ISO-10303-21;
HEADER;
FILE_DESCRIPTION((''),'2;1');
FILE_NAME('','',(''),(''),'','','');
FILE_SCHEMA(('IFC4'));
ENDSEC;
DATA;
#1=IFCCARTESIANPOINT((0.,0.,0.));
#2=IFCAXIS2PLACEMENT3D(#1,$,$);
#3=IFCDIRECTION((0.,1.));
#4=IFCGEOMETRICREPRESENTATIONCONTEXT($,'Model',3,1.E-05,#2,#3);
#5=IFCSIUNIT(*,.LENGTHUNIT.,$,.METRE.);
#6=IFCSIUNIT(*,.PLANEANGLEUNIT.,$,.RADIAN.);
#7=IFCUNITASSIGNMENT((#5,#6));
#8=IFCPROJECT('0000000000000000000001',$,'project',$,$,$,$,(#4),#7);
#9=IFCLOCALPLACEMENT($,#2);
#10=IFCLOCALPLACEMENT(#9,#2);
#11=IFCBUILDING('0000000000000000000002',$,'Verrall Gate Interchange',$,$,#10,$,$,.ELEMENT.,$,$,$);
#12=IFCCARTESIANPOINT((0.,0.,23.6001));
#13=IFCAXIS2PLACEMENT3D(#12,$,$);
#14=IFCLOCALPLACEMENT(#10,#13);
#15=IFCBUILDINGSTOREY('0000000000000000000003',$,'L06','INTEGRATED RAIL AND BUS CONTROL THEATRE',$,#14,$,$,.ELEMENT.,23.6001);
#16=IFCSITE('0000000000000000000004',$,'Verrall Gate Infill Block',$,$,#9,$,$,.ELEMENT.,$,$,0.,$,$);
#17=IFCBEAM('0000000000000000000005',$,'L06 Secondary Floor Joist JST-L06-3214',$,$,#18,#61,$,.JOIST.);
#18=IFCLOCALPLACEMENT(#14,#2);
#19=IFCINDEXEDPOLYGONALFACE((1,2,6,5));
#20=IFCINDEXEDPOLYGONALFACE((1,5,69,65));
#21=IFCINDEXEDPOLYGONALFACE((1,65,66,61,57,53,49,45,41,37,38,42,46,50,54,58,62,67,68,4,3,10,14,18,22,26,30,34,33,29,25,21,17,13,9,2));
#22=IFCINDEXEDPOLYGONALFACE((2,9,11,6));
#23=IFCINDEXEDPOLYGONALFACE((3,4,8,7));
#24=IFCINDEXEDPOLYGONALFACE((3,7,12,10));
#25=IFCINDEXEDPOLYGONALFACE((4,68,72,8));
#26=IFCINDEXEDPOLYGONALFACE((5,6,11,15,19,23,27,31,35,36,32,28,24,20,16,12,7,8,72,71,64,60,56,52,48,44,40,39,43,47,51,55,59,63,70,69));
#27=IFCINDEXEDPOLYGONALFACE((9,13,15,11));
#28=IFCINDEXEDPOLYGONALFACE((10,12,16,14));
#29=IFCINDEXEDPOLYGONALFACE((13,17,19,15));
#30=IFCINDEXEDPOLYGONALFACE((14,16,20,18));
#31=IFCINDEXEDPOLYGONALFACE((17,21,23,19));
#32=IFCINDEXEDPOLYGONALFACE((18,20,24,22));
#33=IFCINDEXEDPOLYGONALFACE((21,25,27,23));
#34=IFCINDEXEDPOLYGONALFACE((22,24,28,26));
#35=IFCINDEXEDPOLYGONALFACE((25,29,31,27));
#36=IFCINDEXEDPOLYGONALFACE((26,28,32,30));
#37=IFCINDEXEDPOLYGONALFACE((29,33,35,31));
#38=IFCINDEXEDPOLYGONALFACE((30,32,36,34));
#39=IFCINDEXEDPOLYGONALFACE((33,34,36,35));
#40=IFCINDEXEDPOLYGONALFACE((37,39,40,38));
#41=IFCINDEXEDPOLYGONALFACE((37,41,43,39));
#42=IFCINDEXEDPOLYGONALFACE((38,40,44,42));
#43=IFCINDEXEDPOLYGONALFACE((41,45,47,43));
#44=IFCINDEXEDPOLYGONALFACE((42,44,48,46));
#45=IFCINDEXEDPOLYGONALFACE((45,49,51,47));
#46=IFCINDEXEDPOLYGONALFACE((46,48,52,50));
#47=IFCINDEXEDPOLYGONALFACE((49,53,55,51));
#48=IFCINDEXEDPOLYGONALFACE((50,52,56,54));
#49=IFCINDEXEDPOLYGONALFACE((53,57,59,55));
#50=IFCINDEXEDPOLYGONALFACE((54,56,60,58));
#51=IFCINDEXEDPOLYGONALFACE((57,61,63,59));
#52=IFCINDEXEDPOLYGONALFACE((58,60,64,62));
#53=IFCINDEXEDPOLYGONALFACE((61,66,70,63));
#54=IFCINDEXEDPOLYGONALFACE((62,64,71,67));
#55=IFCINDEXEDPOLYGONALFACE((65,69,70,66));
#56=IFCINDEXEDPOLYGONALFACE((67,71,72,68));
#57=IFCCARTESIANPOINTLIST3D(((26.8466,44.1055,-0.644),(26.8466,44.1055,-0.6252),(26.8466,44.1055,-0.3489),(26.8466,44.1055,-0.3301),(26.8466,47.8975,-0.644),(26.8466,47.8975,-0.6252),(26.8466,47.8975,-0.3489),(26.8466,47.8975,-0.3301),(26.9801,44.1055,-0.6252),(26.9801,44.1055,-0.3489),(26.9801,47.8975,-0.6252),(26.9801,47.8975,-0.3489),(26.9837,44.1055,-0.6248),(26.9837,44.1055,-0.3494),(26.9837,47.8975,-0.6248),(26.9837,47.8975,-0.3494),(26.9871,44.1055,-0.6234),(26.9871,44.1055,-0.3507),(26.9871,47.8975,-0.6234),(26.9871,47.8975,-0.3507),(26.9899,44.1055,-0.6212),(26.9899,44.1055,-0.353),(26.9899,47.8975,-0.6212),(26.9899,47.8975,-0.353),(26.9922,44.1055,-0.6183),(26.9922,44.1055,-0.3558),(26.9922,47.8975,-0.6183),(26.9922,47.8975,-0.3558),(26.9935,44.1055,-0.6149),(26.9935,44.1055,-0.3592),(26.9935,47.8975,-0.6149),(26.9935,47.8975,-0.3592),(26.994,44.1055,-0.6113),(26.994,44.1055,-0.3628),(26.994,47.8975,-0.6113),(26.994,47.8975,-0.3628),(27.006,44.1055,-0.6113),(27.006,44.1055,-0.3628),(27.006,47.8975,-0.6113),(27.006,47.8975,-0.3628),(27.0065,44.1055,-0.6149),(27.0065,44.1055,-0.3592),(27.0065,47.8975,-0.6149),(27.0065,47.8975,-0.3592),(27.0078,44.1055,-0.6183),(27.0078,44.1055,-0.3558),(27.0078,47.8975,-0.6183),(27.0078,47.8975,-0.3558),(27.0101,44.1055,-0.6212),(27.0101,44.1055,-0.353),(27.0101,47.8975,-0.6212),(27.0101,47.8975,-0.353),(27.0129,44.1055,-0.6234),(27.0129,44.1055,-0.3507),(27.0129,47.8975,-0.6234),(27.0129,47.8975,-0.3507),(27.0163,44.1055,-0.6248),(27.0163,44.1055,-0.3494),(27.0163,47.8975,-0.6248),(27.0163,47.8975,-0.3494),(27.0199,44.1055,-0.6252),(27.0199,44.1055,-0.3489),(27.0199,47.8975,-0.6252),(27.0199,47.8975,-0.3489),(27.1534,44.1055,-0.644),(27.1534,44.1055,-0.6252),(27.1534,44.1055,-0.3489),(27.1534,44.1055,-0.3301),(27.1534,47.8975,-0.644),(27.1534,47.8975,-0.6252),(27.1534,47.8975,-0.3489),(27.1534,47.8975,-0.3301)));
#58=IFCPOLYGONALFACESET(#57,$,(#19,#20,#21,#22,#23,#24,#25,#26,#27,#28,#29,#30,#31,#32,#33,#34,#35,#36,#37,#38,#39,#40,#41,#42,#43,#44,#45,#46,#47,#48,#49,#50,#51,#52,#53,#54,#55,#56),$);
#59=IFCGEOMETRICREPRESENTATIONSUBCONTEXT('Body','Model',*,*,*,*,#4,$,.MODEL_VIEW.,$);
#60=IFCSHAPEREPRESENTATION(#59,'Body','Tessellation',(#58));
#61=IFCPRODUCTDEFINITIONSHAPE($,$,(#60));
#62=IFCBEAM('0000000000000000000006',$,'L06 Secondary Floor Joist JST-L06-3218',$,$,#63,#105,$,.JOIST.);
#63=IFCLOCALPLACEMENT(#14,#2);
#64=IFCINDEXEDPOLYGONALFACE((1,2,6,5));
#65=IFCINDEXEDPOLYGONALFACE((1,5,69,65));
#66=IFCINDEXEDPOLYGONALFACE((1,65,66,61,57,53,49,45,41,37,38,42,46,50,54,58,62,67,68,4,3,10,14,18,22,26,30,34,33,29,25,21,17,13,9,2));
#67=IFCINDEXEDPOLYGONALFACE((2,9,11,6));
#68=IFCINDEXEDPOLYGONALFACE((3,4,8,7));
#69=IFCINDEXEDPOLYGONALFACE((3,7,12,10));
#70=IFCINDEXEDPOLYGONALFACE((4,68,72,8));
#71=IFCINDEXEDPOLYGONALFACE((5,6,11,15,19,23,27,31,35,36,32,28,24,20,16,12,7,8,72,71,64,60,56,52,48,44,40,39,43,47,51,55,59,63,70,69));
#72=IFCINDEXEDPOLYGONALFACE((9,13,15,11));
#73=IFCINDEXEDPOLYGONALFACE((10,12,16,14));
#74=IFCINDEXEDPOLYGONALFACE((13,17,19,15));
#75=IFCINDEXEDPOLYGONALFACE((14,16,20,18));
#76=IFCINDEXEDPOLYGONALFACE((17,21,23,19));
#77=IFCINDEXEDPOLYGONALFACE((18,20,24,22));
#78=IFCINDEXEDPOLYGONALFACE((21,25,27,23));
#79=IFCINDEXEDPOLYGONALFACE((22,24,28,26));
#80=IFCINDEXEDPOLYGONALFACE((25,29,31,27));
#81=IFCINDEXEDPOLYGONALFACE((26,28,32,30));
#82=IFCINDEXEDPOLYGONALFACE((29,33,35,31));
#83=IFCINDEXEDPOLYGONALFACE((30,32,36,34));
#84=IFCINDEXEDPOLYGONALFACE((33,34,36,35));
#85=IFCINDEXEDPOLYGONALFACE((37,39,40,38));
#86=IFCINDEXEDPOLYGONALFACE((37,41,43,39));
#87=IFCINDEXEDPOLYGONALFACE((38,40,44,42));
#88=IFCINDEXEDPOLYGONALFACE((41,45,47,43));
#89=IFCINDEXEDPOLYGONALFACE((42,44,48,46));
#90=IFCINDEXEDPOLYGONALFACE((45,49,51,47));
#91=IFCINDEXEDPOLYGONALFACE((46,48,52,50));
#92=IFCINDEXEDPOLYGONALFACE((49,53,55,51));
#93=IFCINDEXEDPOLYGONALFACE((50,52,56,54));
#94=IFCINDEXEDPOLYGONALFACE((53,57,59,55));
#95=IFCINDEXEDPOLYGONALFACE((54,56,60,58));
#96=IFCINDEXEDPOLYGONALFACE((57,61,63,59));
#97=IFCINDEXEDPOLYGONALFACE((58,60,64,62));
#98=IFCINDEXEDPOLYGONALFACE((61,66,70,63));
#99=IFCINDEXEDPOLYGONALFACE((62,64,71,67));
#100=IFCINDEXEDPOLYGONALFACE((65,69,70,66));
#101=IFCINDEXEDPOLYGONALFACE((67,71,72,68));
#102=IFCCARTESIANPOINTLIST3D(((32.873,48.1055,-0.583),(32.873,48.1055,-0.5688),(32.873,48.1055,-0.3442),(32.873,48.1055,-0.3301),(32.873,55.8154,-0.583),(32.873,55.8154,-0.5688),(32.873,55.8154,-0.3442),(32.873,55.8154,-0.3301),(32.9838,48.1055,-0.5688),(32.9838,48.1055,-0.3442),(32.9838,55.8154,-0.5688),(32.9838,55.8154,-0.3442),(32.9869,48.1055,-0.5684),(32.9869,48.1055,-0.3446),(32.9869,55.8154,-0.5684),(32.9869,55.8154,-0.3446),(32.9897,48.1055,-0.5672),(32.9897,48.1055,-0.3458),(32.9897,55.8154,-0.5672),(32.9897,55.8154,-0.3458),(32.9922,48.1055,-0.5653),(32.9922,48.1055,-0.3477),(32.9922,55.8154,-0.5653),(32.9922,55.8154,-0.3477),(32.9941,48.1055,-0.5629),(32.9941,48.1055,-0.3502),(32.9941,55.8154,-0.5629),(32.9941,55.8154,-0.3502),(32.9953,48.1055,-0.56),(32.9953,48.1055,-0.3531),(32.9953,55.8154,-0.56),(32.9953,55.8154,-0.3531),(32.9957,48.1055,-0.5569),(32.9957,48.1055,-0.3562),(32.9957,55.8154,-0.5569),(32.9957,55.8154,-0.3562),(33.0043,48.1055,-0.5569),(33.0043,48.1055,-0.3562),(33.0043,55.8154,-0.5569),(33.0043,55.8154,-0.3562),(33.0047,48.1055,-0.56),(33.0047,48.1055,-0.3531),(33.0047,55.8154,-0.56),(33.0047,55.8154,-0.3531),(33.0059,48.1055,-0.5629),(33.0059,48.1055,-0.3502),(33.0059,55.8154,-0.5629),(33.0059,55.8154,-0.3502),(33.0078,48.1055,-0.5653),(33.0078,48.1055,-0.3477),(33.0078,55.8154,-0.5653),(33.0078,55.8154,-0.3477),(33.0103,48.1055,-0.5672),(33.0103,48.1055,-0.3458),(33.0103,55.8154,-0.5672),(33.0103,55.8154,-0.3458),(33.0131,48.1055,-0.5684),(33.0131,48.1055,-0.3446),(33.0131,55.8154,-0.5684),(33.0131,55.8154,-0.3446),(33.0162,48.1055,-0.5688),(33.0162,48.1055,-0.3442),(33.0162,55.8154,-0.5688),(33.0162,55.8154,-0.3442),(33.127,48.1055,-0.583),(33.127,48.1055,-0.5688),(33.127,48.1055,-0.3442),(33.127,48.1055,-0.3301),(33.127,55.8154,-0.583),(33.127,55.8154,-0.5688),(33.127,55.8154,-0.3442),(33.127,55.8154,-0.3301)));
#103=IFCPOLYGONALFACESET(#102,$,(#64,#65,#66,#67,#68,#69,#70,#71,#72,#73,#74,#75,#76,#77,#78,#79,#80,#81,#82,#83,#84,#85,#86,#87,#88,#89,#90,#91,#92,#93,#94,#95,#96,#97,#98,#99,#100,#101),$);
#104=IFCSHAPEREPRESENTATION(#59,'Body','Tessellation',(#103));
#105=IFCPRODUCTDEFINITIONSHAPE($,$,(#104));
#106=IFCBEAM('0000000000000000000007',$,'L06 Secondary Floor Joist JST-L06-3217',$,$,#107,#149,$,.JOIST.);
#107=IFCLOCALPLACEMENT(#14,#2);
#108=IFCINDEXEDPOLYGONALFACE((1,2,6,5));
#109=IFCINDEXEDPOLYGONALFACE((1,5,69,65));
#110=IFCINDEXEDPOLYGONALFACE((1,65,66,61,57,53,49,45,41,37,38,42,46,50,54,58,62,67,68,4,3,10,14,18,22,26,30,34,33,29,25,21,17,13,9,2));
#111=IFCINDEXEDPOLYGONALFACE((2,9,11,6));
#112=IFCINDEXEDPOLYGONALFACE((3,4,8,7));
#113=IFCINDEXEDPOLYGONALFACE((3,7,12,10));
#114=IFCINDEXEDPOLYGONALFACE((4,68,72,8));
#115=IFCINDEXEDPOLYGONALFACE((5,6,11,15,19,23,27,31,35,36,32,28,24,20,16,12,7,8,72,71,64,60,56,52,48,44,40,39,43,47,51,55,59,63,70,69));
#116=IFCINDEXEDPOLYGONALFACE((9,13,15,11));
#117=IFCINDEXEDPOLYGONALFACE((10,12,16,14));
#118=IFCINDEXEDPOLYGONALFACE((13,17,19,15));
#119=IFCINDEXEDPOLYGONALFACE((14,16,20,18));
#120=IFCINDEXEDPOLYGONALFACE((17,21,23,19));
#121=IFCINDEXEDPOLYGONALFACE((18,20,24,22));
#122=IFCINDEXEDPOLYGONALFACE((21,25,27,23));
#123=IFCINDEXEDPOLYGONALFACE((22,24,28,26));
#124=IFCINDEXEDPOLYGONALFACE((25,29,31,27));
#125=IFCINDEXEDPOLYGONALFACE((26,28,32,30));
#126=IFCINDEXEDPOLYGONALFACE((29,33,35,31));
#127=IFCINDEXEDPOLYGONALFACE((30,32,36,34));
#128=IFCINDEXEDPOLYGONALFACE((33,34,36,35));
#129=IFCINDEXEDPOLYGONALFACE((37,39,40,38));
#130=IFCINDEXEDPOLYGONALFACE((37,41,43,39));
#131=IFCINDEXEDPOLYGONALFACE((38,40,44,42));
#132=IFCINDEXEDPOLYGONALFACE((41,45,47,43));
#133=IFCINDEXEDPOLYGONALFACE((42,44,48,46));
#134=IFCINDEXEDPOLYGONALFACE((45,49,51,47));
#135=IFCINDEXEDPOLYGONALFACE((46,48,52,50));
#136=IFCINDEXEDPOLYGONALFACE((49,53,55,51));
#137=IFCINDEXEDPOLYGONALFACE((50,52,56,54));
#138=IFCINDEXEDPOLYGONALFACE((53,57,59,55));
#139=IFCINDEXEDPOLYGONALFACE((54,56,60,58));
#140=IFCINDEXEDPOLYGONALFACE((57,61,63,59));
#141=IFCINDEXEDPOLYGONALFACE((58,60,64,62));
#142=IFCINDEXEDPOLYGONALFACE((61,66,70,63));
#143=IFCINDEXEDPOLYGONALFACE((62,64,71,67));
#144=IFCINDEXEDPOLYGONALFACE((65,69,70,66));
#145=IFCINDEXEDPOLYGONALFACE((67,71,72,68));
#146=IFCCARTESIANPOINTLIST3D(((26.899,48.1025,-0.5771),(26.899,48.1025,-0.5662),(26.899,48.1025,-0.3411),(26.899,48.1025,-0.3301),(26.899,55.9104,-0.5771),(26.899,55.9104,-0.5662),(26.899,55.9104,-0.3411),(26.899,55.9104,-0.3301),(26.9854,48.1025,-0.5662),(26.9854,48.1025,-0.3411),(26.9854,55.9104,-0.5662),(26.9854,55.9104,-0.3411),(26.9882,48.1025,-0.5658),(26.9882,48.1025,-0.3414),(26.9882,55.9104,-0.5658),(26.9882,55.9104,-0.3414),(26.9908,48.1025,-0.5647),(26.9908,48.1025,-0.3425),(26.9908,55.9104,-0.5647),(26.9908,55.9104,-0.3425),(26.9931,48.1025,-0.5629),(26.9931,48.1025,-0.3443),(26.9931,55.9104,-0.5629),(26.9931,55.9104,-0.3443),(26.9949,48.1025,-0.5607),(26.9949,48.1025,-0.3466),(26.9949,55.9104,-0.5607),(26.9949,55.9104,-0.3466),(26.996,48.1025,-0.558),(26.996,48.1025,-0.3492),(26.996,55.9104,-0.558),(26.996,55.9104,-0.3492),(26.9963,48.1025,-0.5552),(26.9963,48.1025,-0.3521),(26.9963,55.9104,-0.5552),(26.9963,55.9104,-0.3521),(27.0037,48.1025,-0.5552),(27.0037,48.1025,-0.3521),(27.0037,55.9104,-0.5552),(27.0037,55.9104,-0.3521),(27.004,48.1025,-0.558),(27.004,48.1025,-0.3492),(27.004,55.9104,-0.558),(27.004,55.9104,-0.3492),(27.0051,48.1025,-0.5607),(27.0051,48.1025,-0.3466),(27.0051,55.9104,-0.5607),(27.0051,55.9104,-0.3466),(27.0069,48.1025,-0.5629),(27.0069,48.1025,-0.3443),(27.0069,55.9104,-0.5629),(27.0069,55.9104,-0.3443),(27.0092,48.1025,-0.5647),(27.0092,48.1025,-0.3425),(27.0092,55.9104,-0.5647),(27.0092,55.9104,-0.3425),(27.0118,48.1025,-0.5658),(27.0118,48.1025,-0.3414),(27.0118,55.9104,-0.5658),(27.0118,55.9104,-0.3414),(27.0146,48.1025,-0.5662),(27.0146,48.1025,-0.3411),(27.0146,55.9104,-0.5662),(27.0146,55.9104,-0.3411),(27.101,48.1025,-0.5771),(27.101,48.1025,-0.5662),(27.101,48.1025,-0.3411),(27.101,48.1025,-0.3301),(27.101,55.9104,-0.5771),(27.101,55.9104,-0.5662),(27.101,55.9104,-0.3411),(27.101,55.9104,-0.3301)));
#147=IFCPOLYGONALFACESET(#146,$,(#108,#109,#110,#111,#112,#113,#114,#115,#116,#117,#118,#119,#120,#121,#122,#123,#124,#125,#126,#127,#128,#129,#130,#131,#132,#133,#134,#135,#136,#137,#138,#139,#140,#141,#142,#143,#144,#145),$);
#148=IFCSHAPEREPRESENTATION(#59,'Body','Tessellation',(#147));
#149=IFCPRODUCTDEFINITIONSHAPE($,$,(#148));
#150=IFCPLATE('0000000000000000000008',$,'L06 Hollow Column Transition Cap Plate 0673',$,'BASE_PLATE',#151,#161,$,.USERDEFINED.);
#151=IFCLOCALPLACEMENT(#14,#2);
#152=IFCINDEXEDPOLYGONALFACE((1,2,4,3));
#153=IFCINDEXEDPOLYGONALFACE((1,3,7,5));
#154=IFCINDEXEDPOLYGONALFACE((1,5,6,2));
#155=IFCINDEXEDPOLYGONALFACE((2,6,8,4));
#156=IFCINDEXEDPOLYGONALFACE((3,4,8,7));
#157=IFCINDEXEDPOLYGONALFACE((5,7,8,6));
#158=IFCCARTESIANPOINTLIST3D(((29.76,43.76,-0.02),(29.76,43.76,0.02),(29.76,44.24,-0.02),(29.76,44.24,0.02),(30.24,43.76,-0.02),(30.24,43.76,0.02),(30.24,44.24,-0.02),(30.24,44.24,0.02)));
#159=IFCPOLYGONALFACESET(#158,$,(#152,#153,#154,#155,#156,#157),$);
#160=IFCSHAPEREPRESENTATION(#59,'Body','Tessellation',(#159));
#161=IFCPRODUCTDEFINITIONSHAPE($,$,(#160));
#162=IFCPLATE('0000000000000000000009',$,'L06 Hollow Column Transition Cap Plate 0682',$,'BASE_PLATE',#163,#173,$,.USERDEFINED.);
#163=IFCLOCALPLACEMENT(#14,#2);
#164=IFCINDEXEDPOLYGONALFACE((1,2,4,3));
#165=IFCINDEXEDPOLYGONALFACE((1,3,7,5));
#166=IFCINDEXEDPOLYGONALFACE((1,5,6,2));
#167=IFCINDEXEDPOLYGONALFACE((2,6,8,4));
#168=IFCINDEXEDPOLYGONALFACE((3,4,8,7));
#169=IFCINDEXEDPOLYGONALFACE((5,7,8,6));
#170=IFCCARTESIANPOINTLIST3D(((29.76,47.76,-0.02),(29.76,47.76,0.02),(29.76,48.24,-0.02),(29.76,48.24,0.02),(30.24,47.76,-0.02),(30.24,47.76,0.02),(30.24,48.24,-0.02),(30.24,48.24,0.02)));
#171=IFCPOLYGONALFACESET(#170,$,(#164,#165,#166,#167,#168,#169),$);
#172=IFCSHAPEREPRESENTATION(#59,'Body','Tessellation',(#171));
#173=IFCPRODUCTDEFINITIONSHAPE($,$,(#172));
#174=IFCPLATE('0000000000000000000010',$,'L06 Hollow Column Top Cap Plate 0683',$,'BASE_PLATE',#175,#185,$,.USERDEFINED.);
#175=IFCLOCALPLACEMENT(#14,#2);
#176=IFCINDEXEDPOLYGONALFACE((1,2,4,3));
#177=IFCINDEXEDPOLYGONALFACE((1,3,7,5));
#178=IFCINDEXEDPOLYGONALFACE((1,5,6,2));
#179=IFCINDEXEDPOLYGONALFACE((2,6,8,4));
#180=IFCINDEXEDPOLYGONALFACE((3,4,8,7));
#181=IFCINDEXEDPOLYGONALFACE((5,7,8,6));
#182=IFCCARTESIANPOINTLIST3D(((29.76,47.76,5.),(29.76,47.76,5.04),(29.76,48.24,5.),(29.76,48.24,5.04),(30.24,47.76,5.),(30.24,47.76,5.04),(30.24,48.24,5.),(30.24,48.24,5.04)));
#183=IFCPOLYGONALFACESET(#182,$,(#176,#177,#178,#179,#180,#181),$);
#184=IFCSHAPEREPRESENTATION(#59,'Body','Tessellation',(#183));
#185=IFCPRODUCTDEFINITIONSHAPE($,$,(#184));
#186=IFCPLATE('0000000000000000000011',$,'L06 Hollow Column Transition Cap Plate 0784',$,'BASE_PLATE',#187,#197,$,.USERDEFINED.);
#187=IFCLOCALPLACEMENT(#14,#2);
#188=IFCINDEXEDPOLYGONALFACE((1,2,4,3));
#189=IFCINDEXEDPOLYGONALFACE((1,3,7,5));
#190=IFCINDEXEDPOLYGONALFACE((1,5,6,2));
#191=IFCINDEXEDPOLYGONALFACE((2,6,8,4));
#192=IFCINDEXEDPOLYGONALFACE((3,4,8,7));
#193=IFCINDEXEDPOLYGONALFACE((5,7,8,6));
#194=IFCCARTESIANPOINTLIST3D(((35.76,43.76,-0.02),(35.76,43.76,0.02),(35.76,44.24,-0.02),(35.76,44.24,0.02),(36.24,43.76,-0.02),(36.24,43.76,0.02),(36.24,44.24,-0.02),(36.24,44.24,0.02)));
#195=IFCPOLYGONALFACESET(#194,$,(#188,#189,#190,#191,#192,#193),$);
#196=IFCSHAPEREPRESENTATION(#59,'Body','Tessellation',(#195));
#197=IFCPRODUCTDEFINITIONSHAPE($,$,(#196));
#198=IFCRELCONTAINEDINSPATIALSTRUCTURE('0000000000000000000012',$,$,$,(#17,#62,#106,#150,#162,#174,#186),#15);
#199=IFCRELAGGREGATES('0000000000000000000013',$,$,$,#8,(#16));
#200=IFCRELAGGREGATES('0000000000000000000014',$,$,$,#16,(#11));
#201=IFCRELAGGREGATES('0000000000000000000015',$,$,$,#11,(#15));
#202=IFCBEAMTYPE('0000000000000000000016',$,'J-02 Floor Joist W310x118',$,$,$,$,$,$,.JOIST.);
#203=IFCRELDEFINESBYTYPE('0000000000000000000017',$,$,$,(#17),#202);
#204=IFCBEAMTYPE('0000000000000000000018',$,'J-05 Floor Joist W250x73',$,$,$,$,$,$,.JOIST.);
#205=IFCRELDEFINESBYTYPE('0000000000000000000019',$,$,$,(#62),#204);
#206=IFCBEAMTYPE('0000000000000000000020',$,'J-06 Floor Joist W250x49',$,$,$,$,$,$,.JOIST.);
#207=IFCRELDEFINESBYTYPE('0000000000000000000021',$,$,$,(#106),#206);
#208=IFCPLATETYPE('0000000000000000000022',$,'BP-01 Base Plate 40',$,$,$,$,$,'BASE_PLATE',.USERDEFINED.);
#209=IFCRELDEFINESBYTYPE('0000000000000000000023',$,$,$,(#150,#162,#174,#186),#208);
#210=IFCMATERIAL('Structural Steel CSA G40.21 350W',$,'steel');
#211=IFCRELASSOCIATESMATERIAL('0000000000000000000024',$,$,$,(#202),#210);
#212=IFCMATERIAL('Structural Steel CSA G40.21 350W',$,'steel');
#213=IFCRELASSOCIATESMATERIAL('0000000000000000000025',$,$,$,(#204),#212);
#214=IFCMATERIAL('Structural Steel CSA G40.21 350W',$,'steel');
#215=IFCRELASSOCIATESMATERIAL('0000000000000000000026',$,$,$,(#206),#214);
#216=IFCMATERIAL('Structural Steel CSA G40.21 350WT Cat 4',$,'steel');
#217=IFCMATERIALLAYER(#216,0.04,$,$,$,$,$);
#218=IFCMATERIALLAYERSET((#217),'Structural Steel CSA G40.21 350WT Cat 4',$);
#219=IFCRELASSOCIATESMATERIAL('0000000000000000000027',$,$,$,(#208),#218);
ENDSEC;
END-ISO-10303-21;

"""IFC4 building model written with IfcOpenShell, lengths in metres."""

from ifc_helpers import new_model, si_unit, direction, frame, origin, origin_2d, place, context, subcontext, project, spatial, rectangle, i_section, extrude, material, layer, layer_set, material_profile, profile_set, type_object, element, save


model = new_model("IFC4")

# Units and contexts
model_context = context("Model", 3, precision=1e-05, world=origin(), true_north=direction((0.0, 1.0)))
body_context = subcontext(model_context, "Body", "Model", "MODEL_VIEW")
ifc_project = project(units=[si_unit("LENGTHUNIT", "METRE"), si_unit("PLANEANGLEUNIT", "RADIAN")], contexts=[model_context])

# Site, building, storey
site_placement = place(None, origin())
site = spatial("IfcSite", under=ifc_project, at=site_placement, Name="Verrall Gate Infill Block", CompositionType="ELEMENT", RefElevation=0.0)
building_placement = place(site_placement, origin())
building = spatial("IfcBuilding", under=site, at=building_placement, Name="Verrall Gate Interchange", CompositionType="ELEMENT")
storey_placement = place(building_placement, frame((0.0, 0.0, 23.6001)))
storey = spatial("IfcBuildingStorey", under=building, at=storey_placement, Name="L06", Description="INTEGRATED RAIL AND BUS CONTROL THEATRE", CompositionType="ELEMENT", Elevation=23.6001)

# Beams
ifc_material_1 = material(Name="Structural Steel CSA G40.21 350W", Category="steel")
ifc_material_profile_1 = material_profile(ifc_material_1, i_section(OverallWidth=0.3069, OverallDepth=0.314, WebThickness=0.012, FlangeThickness=0.0188, FilletRadius=0.0139, at=origin_2d()), Name="W310x118")
ifc_profile_set_1 = profile_set([ifc_material_profile_1], Name="Structural Steel CSA G40.21 350W")
beam_type_1 = type_object("IfcBeamType", Name="J-02 Floor Joist W310x118", PredefinedType="JOIST", material=ifc_profile_set_1)
beam_1_placement = place(storey_placement, frame((27.0, 44.1055, -0.4871), z_axis=(0.0, 1.0, 0.0), x_axis=(-1.0, 0.0, 0.0)))
element("IfcBeam", 1, at=beam_1_placement, inside=storey, type_object=beam_type_1, Name="L06 Secondary Floor Joist JST-L06-3214", PredefinedType="JOIST", context=body_context, shape_type="SweptSolid", body=[
    extrude(i_section(OverallWidth=0.3069, OverallDepth=0.314, WebThickness=0.012, FlangeThickness=0.0188, FilletRadius=0.0139, at=origin_2d()), origin(), (0.0, 0.0, 1.0), 3.792),
])
ifc_material_2 = material(Name="Structural Steel CSA G40.21 350W", Category="steel")
ifc_material_profile_2 = material_profile(ifc_material_2, i_section(OverallWidth=0.2539, OverallDepth=0.2529, WebThickness=0.0085, FlangeThickness=0.0142, FilletRadius=0.012, at=origin_2d()), Name="W250x73")
ifc_profile_set_2 = profile_set([ifc_material_profile_2], Name="Structural Steel CSA G40.21 350W")
beam_type_2 = type_object("IfcBeamType", Name="J-05 Floor Joist W250x73", PredefinedType="JOIST", material=ifc_profile_set_2)
beam_2_placement = place(storey_placement, frame((33.0, 48.1055, -0.4565), z_axis=(0.0, 1.0, 0.0), x_axis=(-1.0, 0.0, 0.0)))
element("IfcBeam", 2, at=beam_2_placement, inside=storey, type_object=beam_type_2, Name="L06 Secondary Floor Joist JST-L06-3218", PredefinedType="JOIST", context=body_context, shape_type="SweptSolid", body=[
    extrude(i_section(OverallWidth=0.2539, OverallDepth=0.2529, WebThickness=0.0085, FlangeThickness=0.0142, FilletRadius=0.012, at=origin_2d()), origin(), (0.0, 0.0, 1.0), 7.71),
])
ifc_material_3 = material(Name="Structural Steel CSA G40.21 350W", Category="steel")
ifc_material_profile_3 = material_profile(ifc_material_3, i_section(OverallWidth=0.2019, OverallDepth=0.2471, WebThickness=0.0073, FlangeThickness=0.011, FilletRadius=0.011, at=origin_2d()), Name="W250x49")
ifc_profile_set_3 = profile_set([ifc_material_profile_3], Name="Structural Steel CSA G40.21 350W")
beam_type_3 = type_object("IfcBeamType", Name="J-06 Floor Joist W250x49", PredefinedType="JOIST", material=ifc_profile_set_3)
beam_3_placement = place(storey_placement, frame((27.0, 48.1025, -0.4536), z_axis=(0.0, 1.0, 0.0), x_axis=(-1.0, 0.0, 0.0)))
element("IfcBeam", 3, at=beam_3_placement, inside=storey, type_object=beam_type_3, Name="L06 Secondary Floor Joist JST-L06-3217", PredefinedType="JOIST", context=body_context, shape_type="SweptSolid", body=[
    extrude(i_section(OverallWidth=0.2019, OverallDepth=0.2471, WebThickness=0.0073, FlangeThickness=0.011, FilletRadius=0.011, at=origin_2d()), origin(), (0.0, 0.0, 1.0), 7.8079),
])

# Plates
ifc_material_4 = material(Name="Structural Steel CSA G40.21 350WT Cat 4", Category="steel")
ifc_layer_1 = layer(ifc_material_4, 0.04)
ifc_layer_set_1 = layer_set([ifc_layer_1], Name="Structural Steel CSA G40.21 350WT Cat 4")
plate_type_1 = type_object("IfcPlateType", Name="BP-01 Base Plate 40", ElementType="BASE_PLATE", PredefinedType="USERDEFINED", material=ifc_layer_set_1)
for number, where, z_axis, x_axis, name in (
    (4, (30.0, 44.0, -0.02), (0.0, 0.0, 1.0), (1.0, 0.0, 0.0), "L06 Hollow Column Transition Cap Plate 0673"),
    (5, (30.0, 48.0, -0.02), (0.0, 0.0, 1.0), (1.0, 0.0, 0.0), "L06 Hollow Column Transition Cap Plate 0682"),
    (6, (30.0, 48.0, 5.0), (0.0, 0.0, 1.0), (1.0, 0.0, 0.0), "L06 Hollow Column Top Cap Plate 0683"),
    (7, (36.0, 44.0, -0.02), (0.0, 0.0, 1.0), (1.0, 0.0, 0.0), "L06 Hollow Column Transition Cap Plate 0784"),
):
    element("IfcPlate", number, at=place(storey_placement, frame(where, z_axis=z_axis, x_axis=x_axis)), inside=storey, type_object=plate_type_1, Name=name, ObjectType="BASE_PLATE", PredefinedType="USERDEFINED", context=body_context, shape_type="SweptSolid", body=[
        extrude(rectangle(XDim=0.48, YDim=0.48, at=origin_2d()), origin(), (0.0, 0.0, 1.0), 0.04),
    ])

save(model, "model.ifc")
